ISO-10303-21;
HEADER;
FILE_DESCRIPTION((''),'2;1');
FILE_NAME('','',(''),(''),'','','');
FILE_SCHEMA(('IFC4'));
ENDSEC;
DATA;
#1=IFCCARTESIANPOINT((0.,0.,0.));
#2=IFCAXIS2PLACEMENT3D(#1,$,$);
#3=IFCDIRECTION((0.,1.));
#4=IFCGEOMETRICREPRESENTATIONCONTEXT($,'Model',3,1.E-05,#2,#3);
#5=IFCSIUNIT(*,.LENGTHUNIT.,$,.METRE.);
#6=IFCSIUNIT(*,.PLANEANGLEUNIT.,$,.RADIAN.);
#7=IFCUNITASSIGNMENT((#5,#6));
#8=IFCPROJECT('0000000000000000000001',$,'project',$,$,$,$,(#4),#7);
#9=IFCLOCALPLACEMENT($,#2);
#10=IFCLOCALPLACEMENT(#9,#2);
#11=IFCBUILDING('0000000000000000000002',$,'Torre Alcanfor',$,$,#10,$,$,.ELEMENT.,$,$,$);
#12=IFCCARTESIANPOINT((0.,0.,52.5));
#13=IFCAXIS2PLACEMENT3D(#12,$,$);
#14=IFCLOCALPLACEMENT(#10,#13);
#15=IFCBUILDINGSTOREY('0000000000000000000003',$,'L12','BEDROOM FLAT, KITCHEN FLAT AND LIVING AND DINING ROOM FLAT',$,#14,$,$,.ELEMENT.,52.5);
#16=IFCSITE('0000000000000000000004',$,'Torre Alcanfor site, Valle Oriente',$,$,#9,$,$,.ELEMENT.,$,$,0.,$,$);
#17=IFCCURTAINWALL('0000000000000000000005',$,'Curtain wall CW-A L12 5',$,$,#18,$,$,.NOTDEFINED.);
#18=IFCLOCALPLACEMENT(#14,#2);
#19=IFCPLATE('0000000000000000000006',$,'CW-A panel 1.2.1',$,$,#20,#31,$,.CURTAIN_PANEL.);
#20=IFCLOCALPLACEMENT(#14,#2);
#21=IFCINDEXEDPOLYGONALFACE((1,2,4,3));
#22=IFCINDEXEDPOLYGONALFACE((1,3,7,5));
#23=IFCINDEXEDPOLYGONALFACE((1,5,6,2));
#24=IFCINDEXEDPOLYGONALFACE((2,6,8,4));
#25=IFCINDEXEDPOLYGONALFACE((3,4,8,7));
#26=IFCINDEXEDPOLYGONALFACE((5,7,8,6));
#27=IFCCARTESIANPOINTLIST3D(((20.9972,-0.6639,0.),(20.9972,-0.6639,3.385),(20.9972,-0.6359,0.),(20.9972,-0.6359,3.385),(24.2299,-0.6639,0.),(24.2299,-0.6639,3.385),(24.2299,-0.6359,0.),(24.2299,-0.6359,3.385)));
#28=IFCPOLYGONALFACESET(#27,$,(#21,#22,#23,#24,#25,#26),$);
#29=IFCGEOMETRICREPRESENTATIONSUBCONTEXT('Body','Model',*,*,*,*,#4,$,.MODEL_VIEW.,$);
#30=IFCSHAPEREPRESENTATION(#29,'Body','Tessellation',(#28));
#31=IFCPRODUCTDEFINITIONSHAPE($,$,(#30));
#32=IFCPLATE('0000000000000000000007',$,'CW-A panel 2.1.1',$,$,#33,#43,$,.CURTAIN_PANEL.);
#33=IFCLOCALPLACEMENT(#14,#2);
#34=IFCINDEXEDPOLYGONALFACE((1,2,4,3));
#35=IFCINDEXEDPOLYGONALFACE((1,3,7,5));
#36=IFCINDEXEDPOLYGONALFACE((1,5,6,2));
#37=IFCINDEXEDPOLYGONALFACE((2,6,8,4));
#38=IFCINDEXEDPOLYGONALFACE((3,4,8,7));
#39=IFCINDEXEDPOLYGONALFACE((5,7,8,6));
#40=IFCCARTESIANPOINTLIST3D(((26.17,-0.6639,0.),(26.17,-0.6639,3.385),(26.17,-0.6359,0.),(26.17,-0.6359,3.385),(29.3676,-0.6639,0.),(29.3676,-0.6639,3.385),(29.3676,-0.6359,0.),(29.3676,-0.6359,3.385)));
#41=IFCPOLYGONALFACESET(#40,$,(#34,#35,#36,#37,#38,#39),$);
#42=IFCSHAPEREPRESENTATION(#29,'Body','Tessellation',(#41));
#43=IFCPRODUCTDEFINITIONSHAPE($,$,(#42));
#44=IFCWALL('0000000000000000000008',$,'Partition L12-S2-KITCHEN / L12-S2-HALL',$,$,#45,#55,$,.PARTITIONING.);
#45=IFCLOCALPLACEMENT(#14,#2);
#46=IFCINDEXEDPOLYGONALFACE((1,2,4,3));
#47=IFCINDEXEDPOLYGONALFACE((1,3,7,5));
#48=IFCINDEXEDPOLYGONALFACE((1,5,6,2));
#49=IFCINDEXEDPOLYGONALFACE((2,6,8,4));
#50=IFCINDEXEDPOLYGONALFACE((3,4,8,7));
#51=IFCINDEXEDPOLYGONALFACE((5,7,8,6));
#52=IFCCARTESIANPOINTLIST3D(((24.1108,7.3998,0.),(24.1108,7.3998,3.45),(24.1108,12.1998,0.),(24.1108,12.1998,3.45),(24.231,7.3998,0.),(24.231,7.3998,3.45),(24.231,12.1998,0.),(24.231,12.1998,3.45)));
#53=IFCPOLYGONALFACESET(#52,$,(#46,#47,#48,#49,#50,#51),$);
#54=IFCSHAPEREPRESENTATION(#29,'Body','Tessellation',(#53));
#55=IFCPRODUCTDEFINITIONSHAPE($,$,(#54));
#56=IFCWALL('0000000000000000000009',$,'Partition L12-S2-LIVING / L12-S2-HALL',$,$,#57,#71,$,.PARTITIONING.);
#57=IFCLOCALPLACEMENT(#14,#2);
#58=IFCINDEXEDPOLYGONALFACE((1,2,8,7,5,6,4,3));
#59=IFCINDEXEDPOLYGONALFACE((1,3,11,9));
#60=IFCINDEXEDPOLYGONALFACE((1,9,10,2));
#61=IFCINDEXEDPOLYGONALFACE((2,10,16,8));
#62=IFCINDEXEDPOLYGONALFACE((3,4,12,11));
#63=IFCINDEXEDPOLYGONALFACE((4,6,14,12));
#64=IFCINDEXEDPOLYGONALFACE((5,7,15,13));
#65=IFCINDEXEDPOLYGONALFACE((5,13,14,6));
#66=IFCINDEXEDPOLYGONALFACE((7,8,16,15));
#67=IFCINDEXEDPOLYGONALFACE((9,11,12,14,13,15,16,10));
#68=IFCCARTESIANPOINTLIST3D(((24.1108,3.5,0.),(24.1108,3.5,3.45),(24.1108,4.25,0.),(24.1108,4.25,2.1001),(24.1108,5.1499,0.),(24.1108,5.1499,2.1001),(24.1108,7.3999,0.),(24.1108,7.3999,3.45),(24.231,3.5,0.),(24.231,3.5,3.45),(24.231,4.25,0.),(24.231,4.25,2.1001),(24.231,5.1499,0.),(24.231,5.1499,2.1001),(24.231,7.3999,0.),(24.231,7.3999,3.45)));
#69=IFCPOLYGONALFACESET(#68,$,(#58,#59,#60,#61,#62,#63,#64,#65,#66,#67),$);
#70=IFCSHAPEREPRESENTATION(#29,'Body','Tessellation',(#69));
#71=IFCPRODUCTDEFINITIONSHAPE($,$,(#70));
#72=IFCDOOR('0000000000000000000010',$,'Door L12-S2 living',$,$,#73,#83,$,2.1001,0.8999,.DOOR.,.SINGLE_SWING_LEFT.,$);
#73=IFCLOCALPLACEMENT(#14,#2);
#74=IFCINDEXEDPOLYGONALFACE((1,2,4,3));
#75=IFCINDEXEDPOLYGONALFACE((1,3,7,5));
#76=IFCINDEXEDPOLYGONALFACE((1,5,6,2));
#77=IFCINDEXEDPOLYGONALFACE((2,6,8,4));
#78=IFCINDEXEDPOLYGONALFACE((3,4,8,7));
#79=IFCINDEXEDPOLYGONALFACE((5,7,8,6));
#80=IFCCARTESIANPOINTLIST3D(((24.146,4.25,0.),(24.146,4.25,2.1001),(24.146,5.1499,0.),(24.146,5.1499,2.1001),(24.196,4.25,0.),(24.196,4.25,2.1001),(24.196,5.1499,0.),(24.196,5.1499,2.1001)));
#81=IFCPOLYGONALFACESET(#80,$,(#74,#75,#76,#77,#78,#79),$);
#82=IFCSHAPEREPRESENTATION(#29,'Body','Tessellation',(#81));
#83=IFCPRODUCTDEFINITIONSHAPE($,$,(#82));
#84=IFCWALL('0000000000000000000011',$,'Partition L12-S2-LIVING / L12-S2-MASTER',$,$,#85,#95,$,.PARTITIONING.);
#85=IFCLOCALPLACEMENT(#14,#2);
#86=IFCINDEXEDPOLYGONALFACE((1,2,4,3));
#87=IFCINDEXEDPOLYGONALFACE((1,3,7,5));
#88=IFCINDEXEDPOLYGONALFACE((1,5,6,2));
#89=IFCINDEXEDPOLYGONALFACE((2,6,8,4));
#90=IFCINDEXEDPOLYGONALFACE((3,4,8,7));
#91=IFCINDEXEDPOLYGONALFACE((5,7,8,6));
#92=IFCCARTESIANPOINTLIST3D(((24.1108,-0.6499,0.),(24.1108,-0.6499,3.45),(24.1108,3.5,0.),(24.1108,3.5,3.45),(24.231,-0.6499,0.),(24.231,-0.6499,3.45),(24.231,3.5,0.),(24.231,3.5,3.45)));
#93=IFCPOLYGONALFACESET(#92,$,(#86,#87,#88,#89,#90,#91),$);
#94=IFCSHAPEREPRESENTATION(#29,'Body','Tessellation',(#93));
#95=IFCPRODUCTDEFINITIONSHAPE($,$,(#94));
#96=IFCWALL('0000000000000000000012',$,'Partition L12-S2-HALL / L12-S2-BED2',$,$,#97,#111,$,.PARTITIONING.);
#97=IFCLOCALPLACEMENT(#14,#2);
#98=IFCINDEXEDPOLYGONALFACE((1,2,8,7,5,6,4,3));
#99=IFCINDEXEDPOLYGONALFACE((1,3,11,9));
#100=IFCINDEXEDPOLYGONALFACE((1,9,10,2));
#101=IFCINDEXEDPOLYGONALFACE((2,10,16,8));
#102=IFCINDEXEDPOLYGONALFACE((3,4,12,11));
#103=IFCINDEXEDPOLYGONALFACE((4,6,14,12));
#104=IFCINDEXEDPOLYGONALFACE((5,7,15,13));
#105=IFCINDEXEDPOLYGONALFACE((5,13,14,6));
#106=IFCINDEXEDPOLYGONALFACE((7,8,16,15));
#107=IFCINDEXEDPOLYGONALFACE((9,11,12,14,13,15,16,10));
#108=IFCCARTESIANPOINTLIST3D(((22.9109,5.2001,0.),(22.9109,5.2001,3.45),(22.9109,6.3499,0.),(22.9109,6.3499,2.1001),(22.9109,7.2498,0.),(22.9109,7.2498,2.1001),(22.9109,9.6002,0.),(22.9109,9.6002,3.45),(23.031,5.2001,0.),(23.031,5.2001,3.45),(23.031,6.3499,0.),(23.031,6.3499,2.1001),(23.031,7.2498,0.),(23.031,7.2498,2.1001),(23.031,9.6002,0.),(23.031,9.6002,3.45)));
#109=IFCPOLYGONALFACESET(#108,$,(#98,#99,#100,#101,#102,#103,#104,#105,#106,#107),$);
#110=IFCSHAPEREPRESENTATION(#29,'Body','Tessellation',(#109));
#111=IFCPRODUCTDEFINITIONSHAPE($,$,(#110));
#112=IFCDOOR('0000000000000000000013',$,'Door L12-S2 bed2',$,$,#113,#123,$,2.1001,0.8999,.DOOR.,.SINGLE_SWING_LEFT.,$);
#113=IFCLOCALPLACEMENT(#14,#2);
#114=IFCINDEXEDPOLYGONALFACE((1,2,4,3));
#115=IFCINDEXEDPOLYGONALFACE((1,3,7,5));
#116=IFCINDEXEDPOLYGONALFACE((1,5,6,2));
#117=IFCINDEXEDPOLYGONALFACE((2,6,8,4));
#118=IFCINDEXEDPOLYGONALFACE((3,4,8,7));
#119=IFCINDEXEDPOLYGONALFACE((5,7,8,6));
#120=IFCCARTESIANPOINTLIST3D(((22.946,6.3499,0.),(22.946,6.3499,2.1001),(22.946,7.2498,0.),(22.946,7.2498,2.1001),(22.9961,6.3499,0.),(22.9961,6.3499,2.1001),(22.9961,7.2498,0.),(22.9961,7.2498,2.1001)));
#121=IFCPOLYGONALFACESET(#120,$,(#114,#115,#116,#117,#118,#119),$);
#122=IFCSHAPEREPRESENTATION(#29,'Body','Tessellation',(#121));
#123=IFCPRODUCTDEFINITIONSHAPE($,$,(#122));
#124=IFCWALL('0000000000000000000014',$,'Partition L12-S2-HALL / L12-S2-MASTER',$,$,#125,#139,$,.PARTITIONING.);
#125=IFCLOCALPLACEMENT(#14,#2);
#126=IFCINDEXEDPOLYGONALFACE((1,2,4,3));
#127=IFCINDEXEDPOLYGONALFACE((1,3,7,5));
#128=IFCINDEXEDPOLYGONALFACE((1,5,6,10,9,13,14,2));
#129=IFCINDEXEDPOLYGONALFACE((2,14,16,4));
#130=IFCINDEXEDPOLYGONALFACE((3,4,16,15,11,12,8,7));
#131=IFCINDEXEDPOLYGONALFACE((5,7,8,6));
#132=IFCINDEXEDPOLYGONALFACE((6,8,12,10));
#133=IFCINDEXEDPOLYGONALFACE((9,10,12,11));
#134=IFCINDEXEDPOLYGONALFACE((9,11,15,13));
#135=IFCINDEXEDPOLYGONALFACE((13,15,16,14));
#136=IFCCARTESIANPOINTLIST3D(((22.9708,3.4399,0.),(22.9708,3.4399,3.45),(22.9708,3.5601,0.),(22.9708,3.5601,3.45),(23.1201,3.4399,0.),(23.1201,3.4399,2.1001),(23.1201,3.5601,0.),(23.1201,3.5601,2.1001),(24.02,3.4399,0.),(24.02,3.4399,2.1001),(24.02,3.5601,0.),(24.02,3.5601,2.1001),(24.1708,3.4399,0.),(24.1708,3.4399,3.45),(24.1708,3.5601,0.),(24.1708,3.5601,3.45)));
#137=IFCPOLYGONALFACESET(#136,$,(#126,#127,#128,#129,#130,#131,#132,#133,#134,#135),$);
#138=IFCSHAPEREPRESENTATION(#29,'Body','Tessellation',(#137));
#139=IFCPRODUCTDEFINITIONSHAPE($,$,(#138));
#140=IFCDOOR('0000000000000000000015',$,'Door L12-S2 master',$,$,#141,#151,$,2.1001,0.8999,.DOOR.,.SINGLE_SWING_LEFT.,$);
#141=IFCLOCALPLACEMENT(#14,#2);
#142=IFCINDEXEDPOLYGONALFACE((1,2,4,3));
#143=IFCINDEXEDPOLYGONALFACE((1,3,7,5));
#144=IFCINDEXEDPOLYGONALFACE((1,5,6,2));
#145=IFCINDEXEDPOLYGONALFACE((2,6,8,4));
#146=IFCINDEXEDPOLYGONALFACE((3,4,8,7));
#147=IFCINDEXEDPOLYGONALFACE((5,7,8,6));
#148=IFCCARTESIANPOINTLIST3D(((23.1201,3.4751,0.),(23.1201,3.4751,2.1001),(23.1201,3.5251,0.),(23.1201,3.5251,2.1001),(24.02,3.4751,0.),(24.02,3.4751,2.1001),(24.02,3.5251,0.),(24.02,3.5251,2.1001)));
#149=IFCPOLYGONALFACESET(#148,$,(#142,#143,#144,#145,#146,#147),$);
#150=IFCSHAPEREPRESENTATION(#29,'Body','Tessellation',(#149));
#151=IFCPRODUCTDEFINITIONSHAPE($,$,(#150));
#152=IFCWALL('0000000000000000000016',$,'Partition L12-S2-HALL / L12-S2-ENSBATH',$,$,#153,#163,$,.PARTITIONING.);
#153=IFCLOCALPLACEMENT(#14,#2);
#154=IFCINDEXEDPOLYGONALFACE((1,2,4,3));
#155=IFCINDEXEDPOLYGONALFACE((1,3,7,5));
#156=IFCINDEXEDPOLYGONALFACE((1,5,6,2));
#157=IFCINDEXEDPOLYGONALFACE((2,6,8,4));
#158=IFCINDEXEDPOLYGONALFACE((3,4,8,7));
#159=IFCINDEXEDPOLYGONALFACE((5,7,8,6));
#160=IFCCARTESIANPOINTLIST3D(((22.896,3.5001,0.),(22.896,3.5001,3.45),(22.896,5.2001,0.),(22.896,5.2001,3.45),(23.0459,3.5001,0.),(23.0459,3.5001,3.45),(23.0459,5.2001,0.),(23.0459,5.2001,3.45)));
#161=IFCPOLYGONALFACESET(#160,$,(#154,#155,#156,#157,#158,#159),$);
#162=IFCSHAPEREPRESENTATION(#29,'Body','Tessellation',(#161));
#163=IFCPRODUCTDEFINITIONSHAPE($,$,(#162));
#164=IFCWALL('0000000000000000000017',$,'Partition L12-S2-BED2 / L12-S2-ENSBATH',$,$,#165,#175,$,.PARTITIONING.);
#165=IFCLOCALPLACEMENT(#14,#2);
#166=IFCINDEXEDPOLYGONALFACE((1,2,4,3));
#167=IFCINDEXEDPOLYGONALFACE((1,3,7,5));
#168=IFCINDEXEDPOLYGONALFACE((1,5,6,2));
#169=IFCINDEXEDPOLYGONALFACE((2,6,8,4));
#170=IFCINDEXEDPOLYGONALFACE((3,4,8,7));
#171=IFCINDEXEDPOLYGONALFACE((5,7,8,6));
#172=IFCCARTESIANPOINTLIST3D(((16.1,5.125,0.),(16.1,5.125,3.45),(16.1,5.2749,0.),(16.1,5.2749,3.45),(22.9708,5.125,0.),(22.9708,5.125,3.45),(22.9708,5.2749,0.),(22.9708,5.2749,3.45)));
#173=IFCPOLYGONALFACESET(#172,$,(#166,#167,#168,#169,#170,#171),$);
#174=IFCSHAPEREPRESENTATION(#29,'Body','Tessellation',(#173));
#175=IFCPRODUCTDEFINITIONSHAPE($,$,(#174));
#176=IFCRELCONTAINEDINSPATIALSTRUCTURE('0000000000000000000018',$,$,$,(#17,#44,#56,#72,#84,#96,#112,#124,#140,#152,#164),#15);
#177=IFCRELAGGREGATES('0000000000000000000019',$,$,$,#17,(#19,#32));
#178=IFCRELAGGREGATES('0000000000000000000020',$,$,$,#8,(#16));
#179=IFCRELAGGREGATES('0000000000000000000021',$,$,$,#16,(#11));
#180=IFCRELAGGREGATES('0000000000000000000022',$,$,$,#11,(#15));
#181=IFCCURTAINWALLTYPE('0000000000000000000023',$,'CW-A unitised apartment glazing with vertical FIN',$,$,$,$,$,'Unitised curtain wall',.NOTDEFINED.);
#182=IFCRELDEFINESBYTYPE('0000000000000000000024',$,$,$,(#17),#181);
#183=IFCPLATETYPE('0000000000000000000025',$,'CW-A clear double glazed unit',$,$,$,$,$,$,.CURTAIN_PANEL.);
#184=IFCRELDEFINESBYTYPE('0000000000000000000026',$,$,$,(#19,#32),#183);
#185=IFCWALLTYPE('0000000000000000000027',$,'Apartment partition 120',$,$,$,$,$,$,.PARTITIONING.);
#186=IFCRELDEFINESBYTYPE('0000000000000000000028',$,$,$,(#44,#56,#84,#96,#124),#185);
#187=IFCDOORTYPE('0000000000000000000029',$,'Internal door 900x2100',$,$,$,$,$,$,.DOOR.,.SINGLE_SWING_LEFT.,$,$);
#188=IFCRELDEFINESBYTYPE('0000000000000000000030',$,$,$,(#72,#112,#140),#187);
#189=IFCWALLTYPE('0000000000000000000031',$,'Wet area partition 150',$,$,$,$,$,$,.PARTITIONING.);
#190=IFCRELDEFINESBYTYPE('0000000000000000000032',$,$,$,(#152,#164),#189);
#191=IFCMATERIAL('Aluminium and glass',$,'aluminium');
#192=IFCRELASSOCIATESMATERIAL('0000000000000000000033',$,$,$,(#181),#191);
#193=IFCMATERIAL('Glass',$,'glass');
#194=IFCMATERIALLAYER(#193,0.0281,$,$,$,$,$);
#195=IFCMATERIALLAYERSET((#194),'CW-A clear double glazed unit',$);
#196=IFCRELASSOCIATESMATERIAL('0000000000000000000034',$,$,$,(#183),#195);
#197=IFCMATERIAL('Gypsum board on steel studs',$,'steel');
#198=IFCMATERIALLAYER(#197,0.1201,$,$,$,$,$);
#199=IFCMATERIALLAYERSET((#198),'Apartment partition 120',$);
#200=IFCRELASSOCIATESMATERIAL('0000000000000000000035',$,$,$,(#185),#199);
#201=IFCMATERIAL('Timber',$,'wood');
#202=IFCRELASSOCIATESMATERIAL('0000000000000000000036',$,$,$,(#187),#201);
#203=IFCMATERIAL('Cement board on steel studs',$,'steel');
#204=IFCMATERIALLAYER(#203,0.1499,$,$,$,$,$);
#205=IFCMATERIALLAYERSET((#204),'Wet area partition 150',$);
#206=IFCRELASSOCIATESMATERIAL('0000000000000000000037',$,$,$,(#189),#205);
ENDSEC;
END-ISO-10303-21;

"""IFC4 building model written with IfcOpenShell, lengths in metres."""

from ifc_helpers import new_model, si_unit, direction, frame, frame_2d, origin, origin_2d, place, context, subcontext, project, spatial, rectangle, extrude, material, layer, layer_set, type_object, element, fill, aggregate, save


model = new_model("IFC4")

# Units and contexts
model_context = context("Model", 3, precision=1e-05, world=origin(), true_north=direction((0.0, 1.0)))
body_context = subcontext(model_context, "Body", "Model", "MODEL_VIEW")
ifc_project = project(units=[si_unit("LENGTHUNIT", "METRE"), si_unit("PLANEANGLEUNIT", "RADIAN")], contexts=[model_context])

# Site, building, storey
site_placement = place(None, origin())
site = spatial("IfcSite", under=ifc_project, at=site_placement, Name="Torre Alcanfor site, Valle Oriente", CompositionType="ELEMENT", RefElevation=0.0)
building_placement = place(site_placement, origin())
building = spatial("IfcBuilding", under=site, at=building_placement, Name="Torre Alcanfor", CompositionType="ELEMENT")
storey_placement = place(building_placement, frame((0.0, 0.0, 52.5)))
storey = spatial("IfcBuildingStorey", under=building, at=storey_placement, Name="L12", Description="BEDROOM FLAT, KITCHEN FLAT AND LIVING AND DINING ROOM FLAT", CompositionType="ELEMENT", Elevation=52.5)

# Curtain wall
ifc_material_1 = material(Name="Aluminium and glass", Category="aluminium")
curtain_wall_type = type_object("IfcCurtainWallType", Name="CW-A unitised apartment glazing with vertical FIN", ElementType="Unitised curtain wall", PredefinedType="NOTDEFINED", material=ifc_material_1)
curtain_wall_placement = place(storey_placement, origin())
curtain_wall = element("IfcCurtainWall", 1, at=curtain_wall_placement, inside=storey, type_object=curtain_wall_type, Name="Curtain wall CW-A L12 5", PredefinedType="NOTDEFINED")

# Plates
ifc_material_2 = material(Name="Glass", Category="glass")
ifc_layer_1 = layer(ifc_material_2, 0.0281)
ifc_layer_set_1 = layer_set([ifc_layer_1], Name="CW-A clear double glazed unit")
plate_type = type_object("IfcPlateType", Name="CW-A clear double glazed unit", PredefinedType="CURTAIN_PANEL", material=ifc_layer_set_1)
plate_1_placement = place(storey_placement, frame((22.6135, -0.6499, 0.0), z_axis=(0.0, 0.0, 1.0), x_axis=(1.0, 0.0, 0.0)))
plate_1 = element("IfcPlate", 2, at=plate_1_placement, type_object=plate_type, Name="CW-A panel 1.2.1", PredefinedType="CURTAIN_PANEL", context=body_context, shape_type="SweptSolid", body=[
    extrude(rectangle(XDim=3.2327, YDim=0.0281, at=origin_2d()), origin(), (0.0, 0.0, 1.0), 3.385),
])
plate_2_placement = place(storey_placement, frame((27.7688, -0.6499, 0.0), z_axis=(0.0, 0.0, 1.0), x_axis=(1.0, 0.0, 0.0)))
plate_2 = element("IfcPlate", 3, at=plate_2_placement, type_object=plate_type, Name="CW-A panel 2.1.1", PredefinedType="CURTAIN_PANEL", context=body_context, shape_type="SweptSolid", body=[
    extrude(rectangle(XDim=3.1975, YDim=0.0281, at=origin_2d()), origin(), (0.0, 0.0, 1.0), 3.385),
])
aggregate(curtain_wall, [plate_1, plate_2])

# Wall
ifc_material_3 = material(Name="Gypsum board on steel studs", Category="steel")
ifc_layer_2 = layer(ifc_material_3, 0.1201)
ifc_layer_set_2 = layer_set([ifc_layer_2], Name="Apartment partition 120")
wall_type_1 = type_object("IfcWallType", Name="Apartment partition 120", PredefinedType="PARTITIONING", material=ifc_layer_set_2)
wall_1_placement = place(storey_placement, frame((24.1709, 7.3999, 0.0), z_axis=(0.0, 0.0, 1.0), x_axis=(0.0, 1.0, 0.0)))
element("IfcWall", 4, at=wall_1_placement, inside=storey, type_object=wall_type_1, Name="Partition L12-S2-KITCHEN / L12-S2-HALL", PredefinedType="PARTITIONING", context=body_context, shape_type="SweptSolid", body=[
    extrude(rectangle(XDim=4.8, YDim=0.1201, at=frame_2d((2.3999, 0.0))), origin(), (0.0, 0.0, 1.0), 3.45),
])

# Wall, opening, door
wall_2_placement = place(storey_placement, frame((24.1709, 3.5, 0.0), z_axis=(0.0, 0.0, 1.0), x_axis=(0.0, 1.0, 0.0)))
wall_2 = element("IfcWall", 5, at=wall_2_placement, inside=storey, type_object=wall_type_1, Name="Partition L12-S2-LIVING / L12-S2-HALL", PredefinedType="PARTITIONING", context=body_context, shape_type="SweptSolid", body=[
    extrude(rectangle(XDim=3.8999, YDim=0.1201, at=frame_2d((1.95, 0.0))), origin(), (0.0, 0.0, 1.0), 3.45),
])
opening_1_placement = place(wall_2_placement, frame((0.75, 0.0, 0.0)))
opening_1 = element("IfcOpeningElement", 6, at=opening_1_placement, cuts=wall_2, PredefinedType="OPENING", context=body_context, shape_type="SweptSolid", body=[
    extrude(rectangle(XDim=0.8999, YDim=2.1001, at=frame_2d((0.45, 1.05))), frame((0.0, 0.0701, 0.0), z_axis=(0.0, -1.0, 0.0), x_axis=(1.0, 0.0, 0.0)), (0.0, 0.0, 1.0), 0.1401),
])
ifc_material_4 = material(Name="Timber", Category="wood")
door_type_1 = type_object("IfcDoorType", Name="Internal door 900x2100", OperationType="SINGLE_SWING_LEFT", PredefinedType="DOOR", material=ifc_material_4)
door_1_placement = place(opening_1_placement, frame((0.8999, 0.0, 0.0), z_axis=(0.0, 0.0, 1.0), x_axis=(-1.0, 0.0, 0.0)))
door_1 = element("IfcDoor", 7, at=door_1_placement, inside=storey, type_object=door_type_1, Name="Door L12-S2 living", OperationType="SINGLE_SWING_LEFT", OverallHeight=2.1001, OverallWidth=0.8999, PredefinedType="DOOR", context=body_context, shape_type="SweptSolid", body=[
    extrude(rectangle(XDim=0.8999, YDim=2.1001, at=frame_2d((0.45, 1.05))), frame((0.0, 0.0251, 0.0), z_axis=(0.0, -1.0, 0.0), x_axis=(1.0, 0.0, 0.0)), (0.0, 0.0, 1.0), 0.05),
])
fill(opening_1, door_1)

# Wall
wall_3_placement = place(storey_placement, frame((24.1709, -0.6499, 0.0), z_axis=(0.0, 0.0, 1.0), x_axis=(0.0, 1.0, 0.0)))
element("IfcWall", 8, at=wall_3_placement, inside=storey, type_object=wall_type_1, Name="Partition L12-S2-LIVING / L12-S2-MASTER", PredefinedType="PARTITIONING", context=body_context, shape_type="SweptSolid", body=[
    extrude(rectangle(XDim=4.1499, YDim=0.1201, at=frame_2d((2.075, 0.0))), origin(), (0.0, 0.0, 1.0), 3.45),
])

# Walls, openings, doors
wall_4_placement = place(storey_placement, frame((22.9709, 5.2, 0.0), z_axis=(0.0, 0.0, 1.0), x_axis=(0.0, 1.0, 0.0)))
wall_4 = element("IfcWall", 9, at=wall_4_placement, inside=storey, type_object=wall_type_1, Name="Partition L12-S2-HALL / L12-S2-BED2", PredefinedType="PARTITIONING", context=body_context, shape_type="SweptSolid", body=[
    extrude(rectangle(XDim=4.4001, YDim=0.1201, at=frame_2d((2.2002, 0.0))), origin(), (0.0, 0.0, 1.0), 3.45),
])
opening_2_placement = place(wall_4_placement, frame((1.1499, 0.0, 0.0)))
opening_2 = element("IfcOpeningElement", 10, at=opening_2_placement, cuts=wall_4, PredefinedType="OPENING", context=body_context, shape_type="SweptSolid", body=[
    extrude(rectangle(XDim=0.8999, YDim=2.1001, at=frame_2d((0.45, 1.05))), frame((0.0, 0.0701, 0.0), z_axis=(0.0, -1.0, 0.0), x_axis=(1.0, 0.0, 0.0)), (0.0, 0.0, 1.0), 0.1401),
])
door_2_placement = place(opening_2_placement, origin())
door_2 = element("IfcDoor", 11, at=door_2_placement, inside=storey, type_object=door_type_1, Name="Door L12-S2 bed2", OperationType="SINGLE_SWING_LEFT", OverallHeight=2.1001, OverallWidth=0.8999, PredefinedType="DOOR", context=body_context, shape_type="SweptSolid", body=[
    extrude(rectangle(XDim=0.8999, YDim=2.1001, at=frame_2d((0.45, 1.05))), frame((0.0, 0.0249, 0.0), z_axis=(0.0, -1.0, 0.0), x_axis=(1.0, 0.0, 0.0)), (0.0, 0.0, 1.0), 0.05),
])
fill(opening_2, door_2)
wall_5_placement = place(storey_placement, frame((24.1709, 3.5, 0.0), z_axis=(0.0, 0.0, 1.0), x_axis=(-1.0, 0.0, 0.0)))
wall_5 = element("IfcWall", 12, at=wall_5_placement, inside=storey, type_object=wall_type_1, Name="Partition L12-S2-HALL / L12-S2-MASTER", PredefinedType="PARTITIONING", context=body_context, shape_type="SweptSolid", body=[
    extrude(rectangle(XDim=1.2, YDim=0.1201, at=frame_2d((0.6001, 0.0))), origin(), (0.0, 0.0, 1.0), 3.45),
])
opening_3_placement = place(wall_5_placement, frame((0.1509, 0.0, 0.0)))
opening_3 = element("IfcOpeningElement", 13, at=opening_3_placement, cuts=wall_5, PredefinedType="OPENING", context=body_context, shape_type="SweptSolid", body=[
    extrude(rectangle(XDim=0.8999, YDim=2.1001, at=frame_2d((0.45, 1.05))), frame((0.0, 0.0701, 0.0), z_axis=(0.0, -1.0, 0.0), x_axis=(1.0, 0.0, 0.0)), (0.0, 0.0, 1.0), 0.1401),
])
door_3_placement = place(opening_3_placement, origin())
door_3 = element("IfcDoor", 14, at=door_3_placement, inside=storey, type_object=door_type_1, Name="Door L12-S2 master", OperationType="SINGLE_SWING_LEFT", OverallHeight=2.1001, OverallWidth=0.8999, PredefinedType="DOOR", context=body_context, shape_type="SweptSolid", body=[
    extrude(rectangle(XDim=0.8999, YDim=2.1001, at=frame_2d((0.45, 1.05))), frame((0.0, 0.0249, 0.0), z_axis=(0.0, -1.0, 0.0), x_axis=(1.0, 0.0, 0.0)), (0.0, 0.0, 1.0), 0.05),
])
fill(opening_3, door_3)

# Walls
ifc_material_5 = material(Name="Cement board on steel studs", Category="steel")
ifc_layer_3 = layer(ifc_material_5, 0.1499)
ifc_layer_set_3 = layer_set([ifc_layer_3], Name="Wet area partition 150")
wall_type_2 = type_object("IfcWallType", Name="Wet area partition 150", PredefinedType="PARTITIONING", material=ifc_layer_set_3)
wall_6_placement = place(storey_placement, frame((22.9709, 3.5, 0.0), z_axis=(0.0, 0.0, 1.0), x_axis=(0.0, 1.0, 0.0)))
element("IfcWall", 15, at=wall_6_placement, inside=storey, type_object=wall_type_2, Name="Partition L12-S2-HALL / L12-S2-ENSBATH", PredefinedType="PARTITIONING", context=body_context, shape_type="SweptSolid", body=[
    extrude(rectangle(XDim=1.7, YDim=0.1499, at=frame_2d((0.8501, 0.0))), origin(), (0.0, 0.0, 1.0), 3.45),
])
wall_7_placement = place(storey_placement, frame((22.9709, 5.2, 0.0), z_axis=(0.0, 0.0, 1.0), x_axis=(-1.0, 0.0, 0.0)))
element("IfcWall", 16, at=wall_7_placement, inside=storey, type_object=wall_type_2, Name="Partition L12-S2-BED2 / L12-S2-ENSBATH", PredefinedType="PARTITIONING", context=body_context, shape_type="SweptSolid", body=[
    extrude(rectangle(XDim=6.8708, YDim=0.1499, at=frame_2d((3.4355, 0.0))), origin(), (0.0, 0.0, 1.0), 3.45),
])

save(model, "model.ifc")
